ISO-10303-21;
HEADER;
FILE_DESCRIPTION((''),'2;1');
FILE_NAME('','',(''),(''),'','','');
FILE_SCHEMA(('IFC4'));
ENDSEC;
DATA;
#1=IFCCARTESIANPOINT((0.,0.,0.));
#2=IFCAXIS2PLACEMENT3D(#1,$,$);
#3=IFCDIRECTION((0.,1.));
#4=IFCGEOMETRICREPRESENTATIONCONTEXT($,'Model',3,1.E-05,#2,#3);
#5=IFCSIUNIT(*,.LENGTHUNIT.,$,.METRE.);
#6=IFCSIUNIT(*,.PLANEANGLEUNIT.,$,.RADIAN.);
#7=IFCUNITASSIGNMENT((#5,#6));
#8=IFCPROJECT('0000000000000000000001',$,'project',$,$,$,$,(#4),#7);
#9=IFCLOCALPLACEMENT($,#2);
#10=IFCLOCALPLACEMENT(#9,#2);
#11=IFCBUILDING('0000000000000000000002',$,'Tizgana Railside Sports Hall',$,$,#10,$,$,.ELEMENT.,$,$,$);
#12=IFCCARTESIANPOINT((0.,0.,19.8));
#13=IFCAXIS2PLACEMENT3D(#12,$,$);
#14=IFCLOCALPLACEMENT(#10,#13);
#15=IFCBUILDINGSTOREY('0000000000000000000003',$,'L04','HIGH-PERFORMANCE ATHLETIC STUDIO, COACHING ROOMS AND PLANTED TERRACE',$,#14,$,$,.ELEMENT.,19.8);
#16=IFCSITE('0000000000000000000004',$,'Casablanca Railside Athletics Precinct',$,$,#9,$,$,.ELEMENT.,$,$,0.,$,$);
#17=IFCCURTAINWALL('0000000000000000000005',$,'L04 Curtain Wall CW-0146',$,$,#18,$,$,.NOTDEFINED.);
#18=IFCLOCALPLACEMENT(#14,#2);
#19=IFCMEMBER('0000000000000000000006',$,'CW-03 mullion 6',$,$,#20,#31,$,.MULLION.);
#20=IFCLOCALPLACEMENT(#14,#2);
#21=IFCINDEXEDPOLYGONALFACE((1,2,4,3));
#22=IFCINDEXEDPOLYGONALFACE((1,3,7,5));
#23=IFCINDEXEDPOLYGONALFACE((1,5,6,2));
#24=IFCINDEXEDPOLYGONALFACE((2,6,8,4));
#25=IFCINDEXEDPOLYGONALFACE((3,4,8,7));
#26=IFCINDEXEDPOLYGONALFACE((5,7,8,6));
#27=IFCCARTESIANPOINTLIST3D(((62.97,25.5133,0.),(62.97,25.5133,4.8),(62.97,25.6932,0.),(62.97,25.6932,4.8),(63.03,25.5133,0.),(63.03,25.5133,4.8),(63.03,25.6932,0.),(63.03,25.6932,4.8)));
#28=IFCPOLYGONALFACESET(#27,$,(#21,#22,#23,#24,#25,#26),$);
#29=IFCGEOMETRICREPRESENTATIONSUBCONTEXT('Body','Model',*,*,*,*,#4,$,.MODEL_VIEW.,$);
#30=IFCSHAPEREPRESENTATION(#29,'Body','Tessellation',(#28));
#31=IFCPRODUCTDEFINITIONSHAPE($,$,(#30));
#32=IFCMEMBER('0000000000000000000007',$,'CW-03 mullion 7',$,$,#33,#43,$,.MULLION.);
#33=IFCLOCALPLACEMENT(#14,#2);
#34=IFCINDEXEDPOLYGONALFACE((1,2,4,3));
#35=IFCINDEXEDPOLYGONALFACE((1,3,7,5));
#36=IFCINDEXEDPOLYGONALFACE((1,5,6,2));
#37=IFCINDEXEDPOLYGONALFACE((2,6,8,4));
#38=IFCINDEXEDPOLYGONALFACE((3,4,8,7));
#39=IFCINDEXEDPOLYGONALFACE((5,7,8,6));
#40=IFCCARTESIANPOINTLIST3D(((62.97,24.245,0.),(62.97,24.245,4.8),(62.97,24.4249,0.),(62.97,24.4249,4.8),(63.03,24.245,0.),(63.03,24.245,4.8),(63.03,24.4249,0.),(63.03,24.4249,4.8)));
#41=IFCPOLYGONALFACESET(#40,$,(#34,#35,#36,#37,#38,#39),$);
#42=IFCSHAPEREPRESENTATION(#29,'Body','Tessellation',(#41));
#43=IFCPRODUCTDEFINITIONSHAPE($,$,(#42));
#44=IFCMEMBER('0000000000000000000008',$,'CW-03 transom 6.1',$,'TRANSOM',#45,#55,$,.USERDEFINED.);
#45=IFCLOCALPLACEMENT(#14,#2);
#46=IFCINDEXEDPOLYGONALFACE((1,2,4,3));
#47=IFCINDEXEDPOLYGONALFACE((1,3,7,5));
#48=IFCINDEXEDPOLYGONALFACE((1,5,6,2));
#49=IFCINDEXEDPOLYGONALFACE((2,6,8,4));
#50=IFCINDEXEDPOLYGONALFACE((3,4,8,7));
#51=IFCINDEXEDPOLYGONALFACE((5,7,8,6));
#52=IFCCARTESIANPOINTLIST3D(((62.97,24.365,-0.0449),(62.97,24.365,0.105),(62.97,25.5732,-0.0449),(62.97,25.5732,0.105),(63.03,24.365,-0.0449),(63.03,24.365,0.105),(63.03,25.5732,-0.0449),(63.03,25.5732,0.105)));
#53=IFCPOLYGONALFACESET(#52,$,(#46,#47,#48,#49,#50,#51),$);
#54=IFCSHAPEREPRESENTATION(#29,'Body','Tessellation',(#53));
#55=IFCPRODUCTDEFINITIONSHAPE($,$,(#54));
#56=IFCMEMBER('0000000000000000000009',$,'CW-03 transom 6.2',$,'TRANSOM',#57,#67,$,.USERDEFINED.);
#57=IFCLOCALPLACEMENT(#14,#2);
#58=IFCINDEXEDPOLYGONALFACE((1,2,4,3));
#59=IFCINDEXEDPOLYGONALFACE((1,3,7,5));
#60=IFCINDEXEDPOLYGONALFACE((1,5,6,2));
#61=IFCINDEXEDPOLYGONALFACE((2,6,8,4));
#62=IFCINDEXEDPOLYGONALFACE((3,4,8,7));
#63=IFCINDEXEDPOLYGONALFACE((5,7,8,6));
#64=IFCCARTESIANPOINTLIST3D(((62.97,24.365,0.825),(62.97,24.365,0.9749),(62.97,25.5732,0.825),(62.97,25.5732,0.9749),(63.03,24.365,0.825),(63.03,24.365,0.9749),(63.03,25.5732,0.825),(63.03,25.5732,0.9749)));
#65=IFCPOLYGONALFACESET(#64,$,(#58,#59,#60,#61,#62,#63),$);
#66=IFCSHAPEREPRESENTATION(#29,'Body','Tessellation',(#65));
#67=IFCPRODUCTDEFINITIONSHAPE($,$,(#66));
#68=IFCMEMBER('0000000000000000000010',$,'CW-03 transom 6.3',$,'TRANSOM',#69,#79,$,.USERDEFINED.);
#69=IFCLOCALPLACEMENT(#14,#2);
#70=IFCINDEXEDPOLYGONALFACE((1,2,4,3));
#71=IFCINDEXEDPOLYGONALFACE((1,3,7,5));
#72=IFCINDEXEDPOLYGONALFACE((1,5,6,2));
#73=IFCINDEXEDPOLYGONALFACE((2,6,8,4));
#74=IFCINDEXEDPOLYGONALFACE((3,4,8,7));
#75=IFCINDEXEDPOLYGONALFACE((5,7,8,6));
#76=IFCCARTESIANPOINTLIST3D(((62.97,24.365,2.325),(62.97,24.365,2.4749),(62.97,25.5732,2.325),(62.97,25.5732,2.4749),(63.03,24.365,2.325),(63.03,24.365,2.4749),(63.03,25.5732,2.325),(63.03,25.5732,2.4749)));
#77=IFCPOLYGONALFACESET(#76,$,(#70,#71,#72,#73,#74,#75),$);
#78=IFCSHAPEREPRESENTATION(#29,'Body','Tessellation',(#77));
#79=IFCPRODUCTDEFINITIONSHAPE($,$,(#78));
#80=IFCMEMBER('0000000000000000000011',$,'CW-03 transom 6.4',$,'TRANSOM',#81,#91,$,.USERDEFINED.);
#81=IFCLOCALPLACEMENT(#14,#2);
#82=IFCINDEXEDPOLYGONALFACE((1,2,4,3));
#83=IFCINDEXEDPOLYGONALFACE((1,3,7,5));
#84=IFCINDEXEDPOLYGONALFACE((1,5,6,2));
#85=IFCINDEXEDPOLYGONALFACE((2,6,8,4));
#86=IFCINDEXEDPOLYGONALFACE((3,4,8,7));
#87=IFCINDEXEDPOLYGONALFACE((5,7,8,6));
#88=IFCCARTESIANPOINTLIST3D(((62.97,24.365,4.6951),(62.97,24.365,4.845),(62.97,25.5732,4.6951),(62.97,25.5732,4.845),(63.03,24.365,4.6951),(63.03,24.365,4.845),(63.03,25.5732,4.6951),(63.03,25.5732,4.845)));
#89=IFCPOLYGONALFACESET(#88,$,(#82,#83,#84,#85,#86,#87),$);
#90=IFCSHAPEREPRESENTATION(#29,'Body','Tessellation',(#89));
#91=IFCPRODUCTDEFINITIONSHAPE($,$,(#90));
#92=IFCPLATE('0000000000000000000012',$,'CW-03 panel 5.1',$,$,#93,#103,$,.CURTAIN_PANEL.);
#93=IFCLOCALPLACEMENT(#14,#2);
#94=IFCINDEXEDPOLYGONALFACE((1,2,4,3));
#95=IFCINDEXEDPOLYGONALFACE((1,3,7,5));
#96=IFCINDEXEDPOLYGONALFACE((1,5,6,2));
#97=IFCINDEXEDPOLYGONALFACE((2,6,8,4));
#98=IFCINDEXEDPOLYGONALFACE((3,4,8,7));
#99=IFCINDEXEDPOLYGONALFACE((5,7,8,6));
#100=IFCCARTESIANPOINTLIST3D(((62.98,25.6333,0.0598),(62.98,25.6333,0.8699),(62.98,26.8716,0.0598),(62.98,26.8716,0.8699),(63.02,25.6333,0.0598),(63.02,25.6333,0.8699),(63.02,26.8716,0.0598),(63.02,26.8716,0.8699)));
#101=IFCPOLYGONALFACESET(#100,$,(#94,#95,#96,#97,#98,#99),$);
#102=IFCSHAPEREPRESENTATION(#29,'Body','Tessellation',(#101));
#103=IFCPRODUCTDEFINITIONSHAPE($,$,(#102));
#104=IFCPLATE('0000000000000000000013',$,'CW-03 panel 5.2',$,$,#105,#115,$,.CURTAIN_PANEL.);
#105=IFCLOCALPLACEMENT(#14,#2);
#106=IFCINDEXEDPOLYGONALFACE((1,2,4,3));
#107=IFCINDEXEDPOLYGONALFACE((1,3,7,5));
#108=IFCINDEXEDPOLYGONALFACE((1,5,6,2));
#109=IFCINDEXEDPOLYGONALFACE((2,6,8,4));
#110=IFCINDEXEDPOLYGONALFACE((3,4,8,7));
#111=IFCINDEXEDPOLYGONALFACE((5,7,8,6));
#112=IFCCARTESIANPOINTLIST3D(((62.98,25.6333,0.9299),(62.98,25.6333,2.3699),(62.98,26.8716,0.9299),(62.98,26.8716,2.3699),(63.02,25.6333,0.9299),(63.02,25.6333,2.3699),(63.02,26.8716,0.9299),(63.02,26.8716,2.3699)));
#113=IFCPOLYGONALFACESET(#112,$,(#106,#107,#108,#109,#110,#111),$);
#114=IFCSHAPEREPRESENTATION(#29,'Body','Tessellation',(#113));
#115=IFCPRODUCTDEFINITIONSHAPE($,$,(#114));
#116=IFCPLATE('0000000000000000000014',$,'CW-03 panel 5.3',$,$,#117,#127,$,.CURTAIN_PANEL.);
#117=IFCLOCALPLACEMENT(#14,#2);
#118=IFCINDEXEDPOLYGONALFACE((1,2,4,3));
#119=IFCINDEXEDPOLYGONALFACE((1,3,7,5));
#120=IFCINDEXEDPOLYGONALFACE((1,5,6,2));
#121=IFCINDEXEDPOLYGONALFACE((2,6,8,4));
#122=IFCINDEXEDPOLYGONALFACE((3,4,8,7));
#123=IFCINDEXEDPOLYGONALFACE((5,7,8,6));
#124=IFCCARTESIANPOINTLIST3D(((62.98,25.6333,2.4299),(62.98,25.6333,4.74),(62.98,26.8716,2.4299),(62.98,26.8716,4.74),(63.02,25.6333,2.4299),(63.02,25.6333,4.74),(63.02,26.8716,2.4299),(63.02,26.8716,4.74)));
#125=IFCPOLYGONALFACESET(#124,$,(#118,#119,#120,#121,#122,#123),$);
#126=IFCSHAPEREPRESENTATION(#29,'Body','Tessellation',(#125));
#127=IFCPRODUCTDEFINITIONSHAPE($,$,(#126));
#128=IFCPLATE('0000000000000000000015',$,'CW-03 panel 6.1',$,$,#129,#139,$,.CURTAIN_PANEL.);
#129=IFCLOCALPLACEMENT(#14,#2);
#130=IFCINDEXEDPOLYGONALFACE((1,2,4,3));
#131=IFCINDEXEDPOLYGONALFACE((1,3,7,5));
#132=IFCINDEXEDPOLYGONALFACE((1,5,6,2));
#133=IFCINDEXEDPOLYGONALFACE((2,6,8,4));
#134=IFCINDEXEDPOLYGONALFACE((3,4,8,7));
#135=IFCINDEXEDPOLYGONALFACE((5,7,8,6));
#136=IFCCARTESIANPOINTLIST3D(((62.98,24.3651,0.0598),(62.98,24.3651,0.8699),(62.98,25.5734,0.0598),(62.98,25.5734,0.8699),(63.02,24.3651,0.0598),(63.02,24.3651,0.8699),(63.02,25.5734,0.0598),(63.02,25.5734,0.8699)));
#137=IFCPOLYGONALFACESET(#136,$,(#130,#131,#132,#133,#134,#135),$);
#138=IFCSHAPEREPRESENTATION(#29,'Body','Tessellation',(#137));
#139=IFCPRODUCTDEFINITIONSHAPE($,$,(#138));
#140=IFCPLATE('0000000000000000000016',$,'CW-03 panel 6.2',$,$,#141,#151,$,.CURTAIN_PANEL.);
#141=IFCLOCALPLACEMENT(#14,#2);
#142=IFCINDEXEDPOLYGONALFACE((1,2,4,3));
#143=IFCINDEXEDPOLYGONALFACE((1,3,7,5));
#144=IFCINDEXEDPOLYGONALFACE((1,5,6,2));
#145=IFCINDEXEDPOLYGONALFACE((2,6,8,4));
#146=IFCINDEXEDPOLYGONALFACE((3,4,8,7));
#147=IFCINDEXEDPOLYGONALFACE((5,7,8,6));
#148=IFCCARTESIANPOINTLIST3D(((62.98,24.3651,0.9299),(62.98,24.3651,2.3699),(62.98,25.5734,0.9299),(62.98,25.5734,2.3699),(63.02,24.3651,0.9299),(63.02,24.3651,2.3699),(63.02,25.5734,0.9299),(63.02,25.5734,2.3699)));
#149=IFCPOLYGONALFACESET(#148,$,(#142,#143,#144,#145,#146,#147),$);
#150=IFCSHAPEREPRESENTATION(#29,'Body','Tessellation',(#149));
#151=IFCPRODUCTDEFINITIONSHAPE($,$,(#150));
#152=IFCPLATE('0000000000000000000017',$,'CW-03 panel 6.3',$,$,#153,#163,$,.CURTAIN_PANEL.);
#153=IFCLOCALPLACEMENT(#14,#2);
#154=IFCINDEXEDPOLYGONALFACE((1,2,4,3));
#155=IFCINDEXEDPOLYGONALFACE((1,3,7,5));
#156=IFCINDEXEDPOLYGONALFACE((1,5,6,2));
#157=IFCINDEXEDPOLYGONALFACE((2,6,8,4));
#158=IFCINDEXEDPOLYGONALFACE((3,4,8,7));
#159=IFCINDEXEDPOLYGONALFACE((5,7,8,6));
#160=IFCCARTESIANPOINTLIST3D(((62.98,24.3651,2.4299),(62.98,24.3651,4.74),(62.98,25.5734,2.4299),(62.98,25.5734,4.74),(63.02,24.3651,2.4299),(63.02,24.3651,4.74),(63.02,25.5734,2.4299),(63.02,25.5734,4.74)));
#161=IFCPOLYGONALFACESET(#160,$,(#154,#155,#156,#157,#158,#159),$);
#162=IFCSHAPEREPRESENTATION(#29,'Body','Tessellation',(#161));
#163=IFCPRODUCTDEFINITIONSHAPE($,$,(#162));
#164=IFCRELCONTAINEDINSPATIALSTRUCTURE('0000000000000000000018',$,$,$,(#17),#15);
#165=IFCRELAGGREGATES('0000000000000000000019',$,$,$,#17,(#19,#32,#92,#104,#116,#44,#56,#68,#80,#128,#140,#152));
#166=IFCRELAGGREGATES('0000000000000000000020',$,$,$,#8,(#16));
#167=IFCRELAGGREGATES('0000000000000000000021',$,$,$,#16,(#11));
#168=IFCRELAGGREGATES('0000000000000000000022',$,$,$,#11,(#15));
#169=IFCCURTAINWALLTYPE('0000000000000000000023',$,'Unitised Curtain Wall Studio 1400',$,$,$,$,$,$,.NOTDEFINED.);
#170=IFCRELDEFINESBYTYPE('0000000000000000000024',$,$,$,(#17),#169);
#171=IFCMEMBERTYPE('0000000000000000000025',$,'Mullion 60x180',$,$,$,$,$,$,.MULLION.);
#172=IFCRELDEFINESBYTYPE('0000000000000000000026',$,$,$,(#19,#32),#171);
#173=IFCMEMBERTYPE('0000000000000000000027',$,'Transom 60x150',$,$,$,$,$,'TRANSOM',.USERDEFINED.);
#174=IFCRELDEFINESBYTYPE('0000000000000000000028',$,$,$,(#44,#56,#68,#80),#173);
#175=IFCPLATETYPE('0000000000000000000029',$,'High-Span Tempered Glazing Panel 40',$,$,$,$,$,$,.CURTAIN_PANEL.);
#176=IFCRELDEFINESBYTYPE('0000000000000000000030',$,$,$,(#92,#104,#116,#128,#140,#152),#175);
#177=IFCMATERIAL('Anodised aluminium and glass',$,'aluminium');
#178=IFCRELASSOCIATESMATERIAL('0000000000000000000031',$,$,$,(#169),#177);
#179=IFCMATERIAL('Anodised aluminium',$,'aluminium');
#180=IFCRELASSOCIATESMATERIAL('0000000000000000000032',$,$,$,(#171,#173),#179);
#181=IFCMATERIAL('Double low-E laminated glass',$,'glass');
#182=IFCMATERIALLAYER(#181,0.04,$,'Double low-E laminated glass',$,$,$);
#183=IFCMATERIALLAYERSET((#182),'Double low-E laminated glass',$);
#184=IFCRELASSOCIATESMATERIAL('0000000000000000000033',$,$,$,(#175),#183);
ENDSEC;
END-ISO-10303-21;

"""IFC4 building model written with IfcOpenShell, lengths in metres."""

from ifc_helpers import new_model, si_unit, direction, frame, origin, origin_2d, place, context, subcontext, project, spatial, rectangle, extrude, material, layer, layer_set, material_profile, profile_set, type_object, element, aggregate, save


model = new_model("IFC4")

# Units and contexts
model_context = context("Model", 3, precision=1e-05, world=origin(), true_north=direction((0.0, 1.0)))
body_context = subcontext(model_context, "Body", "Model", "MODEL_VIEW")
ifc_project = project(units=[si_unit("LENGTHUNIT", "METRE"), si_unit("PLANEANGLEUNIT", "RADIAN")], contexts=[model_context])

# Site, building, storey
site_placement = place(None, origin())
site = spatial("IfcSite", under=ifc_project, at=site_placement, Name="Casablanca Railside Athletics Precinct", CompositionType="ELEMENT", RefElevation=0.0)
building_placement = place(site_placement, origin())
building = spatial("IfcBuilding", under=site, at=building_placement, Name="Tizgana Railside Sports Hall", CompositionType="ELEMENT")
storey_placement = place(building_placement, frame((0.0, 0.0, 19.8)))
storey = spatial("IfcBuildingStorey", under=building, at=storey_placement, Name="L04", Description="HIGH-PERFORMANCE ATHLETIC STUDIO, COACHING ROOMS AND PLANTED TERRACE", CompositionType="ELEMENT", Elevation=19.8)

# Curtain wall, members, plates
ifc_material_1 = material(Name="Anodised aluminium and glass", Category="aluminium")
curtain_wall_type = type_object("IfcCurtainWallType", Name="Unitised Curtain Wall Studio 1400", PredefinedType="NOTDEFINED", material=ifc_material_1)
curtain_wall_placement = place(storey_placement, origin())
curtain_wall = element("IfcCurtainWall", 1, at=curtain_wall_placement, inside=storey, type_object=curtain_wall_type, Name="L04 Curtain Wall CW-0146", PredefinedType="NOTDEFINED")
ifc_material_2 = material(Name="Anodised aluminium", Category="aluminium")
ifc_material_profile_1 = material_profile(ifc_material_2, rectangle(XDim=0.0601, YDim=0.1799, at=origin_2d()), Name="Mullion 60x180")
ifc_profile_set_1 = profile_set([ifc_material_profile_1], Name="Anodised aluminium")
member_type_1 = type_object("IfcMemberType", Name="Mullion 60x180", PredefinedType="MULLION", material=ifc_profile_set_1)
member_1_placement = place(storey_placement, frame((63.0, 25.6033, 0.0), z_axis=(0.0, 0.0, 1.0), x_axis=(1.0, 0.0, 0.0)))
member_1 = element("IfcMember", 2, at=member_1_placement, type_object=member_type_1, Name="CW-03 mullion 6", PredefinedType="MULLION", context=body_context, shape_type="SweptSolid", body=[
    extrude(rectangle(XDim=0.0601, YDim=0.1799, at=origin_2d()), origin(), (0.0, 0.0, 1.0), 4.8),
])
member_2_placement = place(storey_placement, frame((63.0, 24.335, 0.0), z_axis=(0.0, 0.0, 1.0), x_axis=(1.0, 0.0, 0.0)))
member_2 = element("IfcMember", 3, at=member_2_placement, type_object=member_type_1, Name="CW-03 mullion 7", PredefinedType="MULLION", context=body_context, shape_type="SweptSolid", body=[
    extrude(rectangle(XDim=0.0601, YDim=0.1799, at=origin_2d()), origin(), (0.0, 0.0, 1.0), 4.8),
])
ifc_material_profile_2 = material_profile(ifc_material_2, rectangle(XDim=0.0601, YDim=0.1499, at=origin_2d()), Name="Transom 60x150")
ifc_profile_set_2 = profile_set([ifc_material_profile_2], Name="Anodised aluminium")
member_type_2 = type_object("IfcMemberType", Name="Transom 60x150", ElementType="TRANSOM", PredefinedType="USERDEFINED", material=ifc_profile_set_2)
member_3_placement = place(storey_placement, frame((63.0, 25.5732, 0.03), z_axis=(0.0, -1.0, 0.0), x_axis=(1.0, 0.0, 0.0)))
member_3 = element("IfcMember", 4, at=member_3_placement, type_object=member_type_2, Name="CW-03 transom 6.1", ObjectType="TRANSOM", PredefinedType="USERDEFINED", context=body_context, shape_type="SweptSolid", body=[
    extrude(rectangle(XDim=0.0601, YDim=0.1499, at=origin_2d()), origin(), (0.0, 0.0, 1.0), 1.2083),
])
member_4_placement = place(storey_placement, frame((63.0, 25.5732, 0.8999), z_axis=(0.0, -1.0, 0.0), x_axis=(1.0, 0.0, 0.0)))
member_4 = element("IfcMember", 5, at=member_4_placement, type_object=member_type_2, Name="CW-03 transom 6.2", ObjectType="TRANSOM", PredefinedType="USERDEFINED", context=body_context, shape_type="SweptSolid", body=[
    extrude(rectangle(XDim=0.0601, YDim=0.1499, at=origin_2d()), origin(), (0.0, 0.0, 1.0), 1.2083),
])
member_5_placement = place(storey_placement, frame((63.0, 25.5732, 2.3999), z_axis=(0.0, -1.0, 0.0), x_axis=(1.0, 0.0, 0.0)))
member_5 = element("IfcMember", 6, at=member_5_placement, type_object=member_type_2, Name="CW-03 transom 6.3", ObjectType="TRANSOM", PredefinedType="USERDEFINED", context=body_context, shape_type="SweptSolid", body=[
    extrude(rectangle(XDim=0.0601, YDim=0.1499, at=origin_2d()), origin(), (0.0, 0.0, 1.0), 1.2083),
])
member_6_placement = place(storey_placement, frame((63.0, 25.5732, 4.77), z_axis=(0.0, -1.0, 0.0), x_axis=(1.0, 0.0, 0.0)))
member_6 = element("IfcMember", 7, at=member_6_placement, type_object=member_type_2, Name="CW-03 transom 6.4", ObjectType="TRANSOM", PredefinedType="USERDEFINED", context=body_context, shape_type="SweptSolid", body=[
    extrude(rectangle(XDim=0.0601, YDim=0.1499, at=origin_2d()), origin(), (0.0, 0.0, 1.0), 1.2083),
])
ifc_material_3 = material(Name="Double low-E laminated glass", Category="glass")
ifc_layer_1 = layer(ifc_material_3, 0.04, Name="Double low-E laminated glass")
ifc_layer_set_1 = layer_set([ifc_layer_1], Name="Double low-E laminated glass")
plate_type = type_object("IfcPlateType", Name="High-Span Tempered Glazing Panel 40", PredefinedType="CURTAIN_PANEL", material=ifc_layer_set_1)
plate_1_placement = place(storey_placement, frame((63.0, 26.2524, 0.0598), z_axis=(0.0, 0.0, 1.0), x_axis=(0.0, -1.0, 0.0)))
plate_1 = element("IfcPlate", 8, at=plate_1_placement, type_object=plate_type, Name="CW-03 panel 5.1", PredefinedType="CURTAIN_PANEL", context=body_context, shape_type="SweptSolid", body=[
    extrude(rectangle(XDim=1.2383, YDim=0.04, at=origin_2d()), origin(), (0.0, 0.0, 1.0), 0.8101),
])
plate_2_placement = place(storey_placement, frame((63.0, 26.2524, 0.9299), z_axis=(0.0, 0.0, 1.0), x_axis=(0.0, -1.0, 0.0)))
plate_2 = element("IfcPlate", 9, at=plate_2_placement, type_object=plate_type, Name="CW-03 panel 5.2", PredefinedType="CURTAIN_PANEL", context=body_context, shape_type="SweptSolid", body=[
    extrude(rectangle(XDim=1.2383, YDim=0.04, at=origin_2d()), origin(), (0.0, 0.0, 1.0), 1.4399),
])
plate_3_placement = place(storey_placement, frame((63.0, 26.2524, 2.4299), z_axis=(0.0, 0.0, 1.0), x_axis=(0.0, -1.0, 0.0)))
plate_3 = element("IfcPlate", 10, at=plate_3_placement, type_object=plate_type, Name="CW-03 panel 5.3", PredefinedType="CURTAIN_PANEL", context=body_context, shape_type="SweptSolid", body=[
    extrude(rectangle(XDim=1.2383, YDim=0.04, at=origin_2d()), origin(), (0.0, 0.0, 1.0), 2.3101),
])
plate_4_placement = place(storey_placement, frame((63.0, 24.9692, 0.0598), z_axis=(0.0, 0.0, 1.0), x_axis=(0.0, -1.0, 0.0)))
plate_4 = element("IfcPlate", 11, at=plate_4_placement, type_object=plate_type, Name="CW-03 panel 6.1", PredefinedType="CURTAIN_PANEL", context=body_context, shape_type="SweptSolid", body=[
    extrude(rectangle(XDim=1.2083, YDim=0.04, at=origin_2d()), origin(), (0.0, 0.0, 1.0), 0.8101),
])
plate_5_placement = place(storey_placement, frame((63.0, 24.9692, 0.9299), z_axis=(0.0, 0.0, 1.0), x_axis=(0.0, -1.0, 0.0)))
plate_5 = element("IfcPlate", 12, at=plate_5_placement, type_object=plate_type, Name="CW-03 panel 6.2", PredefinedType="CURTAIN_PANEL", context=body_context, shape_type="SweptSolid", body=[
    extrude(rectangle(XDim=1.2083, YDim=0.04, at=origin_2d()), origin(), (0.0, 0.0, 1.0), 1.4399),
])
plate_6_placement = place(storey_placement, frame((63.0, 24.9692, 2.4299), z_axis=(0.0, 0.0, 1.0), x_axis=(0.0, -1.0, 0.0)))
plate_6 = element("IfcPlate", 13, at=plate_6_placement, type_object=plate_type, Name="CW-03 panel 6.3", PredefinedType="CURTAIN_PANEL", context=body_context, shape_type="SweptSolid", body=[
    extrude(rectangle(XDim=1.2083, YDim=0.04, at=origin_2d()), origin(), (0.0, 0.0, 1.0), 2.3101),
])
aggregate(curtain_wall, [member_1, member_2, plate_1, plate_2, plate_3, member_3, member_4, member_5, member_6, plate_4, plate_5, plate_6])

save(model, "model.ifc")
